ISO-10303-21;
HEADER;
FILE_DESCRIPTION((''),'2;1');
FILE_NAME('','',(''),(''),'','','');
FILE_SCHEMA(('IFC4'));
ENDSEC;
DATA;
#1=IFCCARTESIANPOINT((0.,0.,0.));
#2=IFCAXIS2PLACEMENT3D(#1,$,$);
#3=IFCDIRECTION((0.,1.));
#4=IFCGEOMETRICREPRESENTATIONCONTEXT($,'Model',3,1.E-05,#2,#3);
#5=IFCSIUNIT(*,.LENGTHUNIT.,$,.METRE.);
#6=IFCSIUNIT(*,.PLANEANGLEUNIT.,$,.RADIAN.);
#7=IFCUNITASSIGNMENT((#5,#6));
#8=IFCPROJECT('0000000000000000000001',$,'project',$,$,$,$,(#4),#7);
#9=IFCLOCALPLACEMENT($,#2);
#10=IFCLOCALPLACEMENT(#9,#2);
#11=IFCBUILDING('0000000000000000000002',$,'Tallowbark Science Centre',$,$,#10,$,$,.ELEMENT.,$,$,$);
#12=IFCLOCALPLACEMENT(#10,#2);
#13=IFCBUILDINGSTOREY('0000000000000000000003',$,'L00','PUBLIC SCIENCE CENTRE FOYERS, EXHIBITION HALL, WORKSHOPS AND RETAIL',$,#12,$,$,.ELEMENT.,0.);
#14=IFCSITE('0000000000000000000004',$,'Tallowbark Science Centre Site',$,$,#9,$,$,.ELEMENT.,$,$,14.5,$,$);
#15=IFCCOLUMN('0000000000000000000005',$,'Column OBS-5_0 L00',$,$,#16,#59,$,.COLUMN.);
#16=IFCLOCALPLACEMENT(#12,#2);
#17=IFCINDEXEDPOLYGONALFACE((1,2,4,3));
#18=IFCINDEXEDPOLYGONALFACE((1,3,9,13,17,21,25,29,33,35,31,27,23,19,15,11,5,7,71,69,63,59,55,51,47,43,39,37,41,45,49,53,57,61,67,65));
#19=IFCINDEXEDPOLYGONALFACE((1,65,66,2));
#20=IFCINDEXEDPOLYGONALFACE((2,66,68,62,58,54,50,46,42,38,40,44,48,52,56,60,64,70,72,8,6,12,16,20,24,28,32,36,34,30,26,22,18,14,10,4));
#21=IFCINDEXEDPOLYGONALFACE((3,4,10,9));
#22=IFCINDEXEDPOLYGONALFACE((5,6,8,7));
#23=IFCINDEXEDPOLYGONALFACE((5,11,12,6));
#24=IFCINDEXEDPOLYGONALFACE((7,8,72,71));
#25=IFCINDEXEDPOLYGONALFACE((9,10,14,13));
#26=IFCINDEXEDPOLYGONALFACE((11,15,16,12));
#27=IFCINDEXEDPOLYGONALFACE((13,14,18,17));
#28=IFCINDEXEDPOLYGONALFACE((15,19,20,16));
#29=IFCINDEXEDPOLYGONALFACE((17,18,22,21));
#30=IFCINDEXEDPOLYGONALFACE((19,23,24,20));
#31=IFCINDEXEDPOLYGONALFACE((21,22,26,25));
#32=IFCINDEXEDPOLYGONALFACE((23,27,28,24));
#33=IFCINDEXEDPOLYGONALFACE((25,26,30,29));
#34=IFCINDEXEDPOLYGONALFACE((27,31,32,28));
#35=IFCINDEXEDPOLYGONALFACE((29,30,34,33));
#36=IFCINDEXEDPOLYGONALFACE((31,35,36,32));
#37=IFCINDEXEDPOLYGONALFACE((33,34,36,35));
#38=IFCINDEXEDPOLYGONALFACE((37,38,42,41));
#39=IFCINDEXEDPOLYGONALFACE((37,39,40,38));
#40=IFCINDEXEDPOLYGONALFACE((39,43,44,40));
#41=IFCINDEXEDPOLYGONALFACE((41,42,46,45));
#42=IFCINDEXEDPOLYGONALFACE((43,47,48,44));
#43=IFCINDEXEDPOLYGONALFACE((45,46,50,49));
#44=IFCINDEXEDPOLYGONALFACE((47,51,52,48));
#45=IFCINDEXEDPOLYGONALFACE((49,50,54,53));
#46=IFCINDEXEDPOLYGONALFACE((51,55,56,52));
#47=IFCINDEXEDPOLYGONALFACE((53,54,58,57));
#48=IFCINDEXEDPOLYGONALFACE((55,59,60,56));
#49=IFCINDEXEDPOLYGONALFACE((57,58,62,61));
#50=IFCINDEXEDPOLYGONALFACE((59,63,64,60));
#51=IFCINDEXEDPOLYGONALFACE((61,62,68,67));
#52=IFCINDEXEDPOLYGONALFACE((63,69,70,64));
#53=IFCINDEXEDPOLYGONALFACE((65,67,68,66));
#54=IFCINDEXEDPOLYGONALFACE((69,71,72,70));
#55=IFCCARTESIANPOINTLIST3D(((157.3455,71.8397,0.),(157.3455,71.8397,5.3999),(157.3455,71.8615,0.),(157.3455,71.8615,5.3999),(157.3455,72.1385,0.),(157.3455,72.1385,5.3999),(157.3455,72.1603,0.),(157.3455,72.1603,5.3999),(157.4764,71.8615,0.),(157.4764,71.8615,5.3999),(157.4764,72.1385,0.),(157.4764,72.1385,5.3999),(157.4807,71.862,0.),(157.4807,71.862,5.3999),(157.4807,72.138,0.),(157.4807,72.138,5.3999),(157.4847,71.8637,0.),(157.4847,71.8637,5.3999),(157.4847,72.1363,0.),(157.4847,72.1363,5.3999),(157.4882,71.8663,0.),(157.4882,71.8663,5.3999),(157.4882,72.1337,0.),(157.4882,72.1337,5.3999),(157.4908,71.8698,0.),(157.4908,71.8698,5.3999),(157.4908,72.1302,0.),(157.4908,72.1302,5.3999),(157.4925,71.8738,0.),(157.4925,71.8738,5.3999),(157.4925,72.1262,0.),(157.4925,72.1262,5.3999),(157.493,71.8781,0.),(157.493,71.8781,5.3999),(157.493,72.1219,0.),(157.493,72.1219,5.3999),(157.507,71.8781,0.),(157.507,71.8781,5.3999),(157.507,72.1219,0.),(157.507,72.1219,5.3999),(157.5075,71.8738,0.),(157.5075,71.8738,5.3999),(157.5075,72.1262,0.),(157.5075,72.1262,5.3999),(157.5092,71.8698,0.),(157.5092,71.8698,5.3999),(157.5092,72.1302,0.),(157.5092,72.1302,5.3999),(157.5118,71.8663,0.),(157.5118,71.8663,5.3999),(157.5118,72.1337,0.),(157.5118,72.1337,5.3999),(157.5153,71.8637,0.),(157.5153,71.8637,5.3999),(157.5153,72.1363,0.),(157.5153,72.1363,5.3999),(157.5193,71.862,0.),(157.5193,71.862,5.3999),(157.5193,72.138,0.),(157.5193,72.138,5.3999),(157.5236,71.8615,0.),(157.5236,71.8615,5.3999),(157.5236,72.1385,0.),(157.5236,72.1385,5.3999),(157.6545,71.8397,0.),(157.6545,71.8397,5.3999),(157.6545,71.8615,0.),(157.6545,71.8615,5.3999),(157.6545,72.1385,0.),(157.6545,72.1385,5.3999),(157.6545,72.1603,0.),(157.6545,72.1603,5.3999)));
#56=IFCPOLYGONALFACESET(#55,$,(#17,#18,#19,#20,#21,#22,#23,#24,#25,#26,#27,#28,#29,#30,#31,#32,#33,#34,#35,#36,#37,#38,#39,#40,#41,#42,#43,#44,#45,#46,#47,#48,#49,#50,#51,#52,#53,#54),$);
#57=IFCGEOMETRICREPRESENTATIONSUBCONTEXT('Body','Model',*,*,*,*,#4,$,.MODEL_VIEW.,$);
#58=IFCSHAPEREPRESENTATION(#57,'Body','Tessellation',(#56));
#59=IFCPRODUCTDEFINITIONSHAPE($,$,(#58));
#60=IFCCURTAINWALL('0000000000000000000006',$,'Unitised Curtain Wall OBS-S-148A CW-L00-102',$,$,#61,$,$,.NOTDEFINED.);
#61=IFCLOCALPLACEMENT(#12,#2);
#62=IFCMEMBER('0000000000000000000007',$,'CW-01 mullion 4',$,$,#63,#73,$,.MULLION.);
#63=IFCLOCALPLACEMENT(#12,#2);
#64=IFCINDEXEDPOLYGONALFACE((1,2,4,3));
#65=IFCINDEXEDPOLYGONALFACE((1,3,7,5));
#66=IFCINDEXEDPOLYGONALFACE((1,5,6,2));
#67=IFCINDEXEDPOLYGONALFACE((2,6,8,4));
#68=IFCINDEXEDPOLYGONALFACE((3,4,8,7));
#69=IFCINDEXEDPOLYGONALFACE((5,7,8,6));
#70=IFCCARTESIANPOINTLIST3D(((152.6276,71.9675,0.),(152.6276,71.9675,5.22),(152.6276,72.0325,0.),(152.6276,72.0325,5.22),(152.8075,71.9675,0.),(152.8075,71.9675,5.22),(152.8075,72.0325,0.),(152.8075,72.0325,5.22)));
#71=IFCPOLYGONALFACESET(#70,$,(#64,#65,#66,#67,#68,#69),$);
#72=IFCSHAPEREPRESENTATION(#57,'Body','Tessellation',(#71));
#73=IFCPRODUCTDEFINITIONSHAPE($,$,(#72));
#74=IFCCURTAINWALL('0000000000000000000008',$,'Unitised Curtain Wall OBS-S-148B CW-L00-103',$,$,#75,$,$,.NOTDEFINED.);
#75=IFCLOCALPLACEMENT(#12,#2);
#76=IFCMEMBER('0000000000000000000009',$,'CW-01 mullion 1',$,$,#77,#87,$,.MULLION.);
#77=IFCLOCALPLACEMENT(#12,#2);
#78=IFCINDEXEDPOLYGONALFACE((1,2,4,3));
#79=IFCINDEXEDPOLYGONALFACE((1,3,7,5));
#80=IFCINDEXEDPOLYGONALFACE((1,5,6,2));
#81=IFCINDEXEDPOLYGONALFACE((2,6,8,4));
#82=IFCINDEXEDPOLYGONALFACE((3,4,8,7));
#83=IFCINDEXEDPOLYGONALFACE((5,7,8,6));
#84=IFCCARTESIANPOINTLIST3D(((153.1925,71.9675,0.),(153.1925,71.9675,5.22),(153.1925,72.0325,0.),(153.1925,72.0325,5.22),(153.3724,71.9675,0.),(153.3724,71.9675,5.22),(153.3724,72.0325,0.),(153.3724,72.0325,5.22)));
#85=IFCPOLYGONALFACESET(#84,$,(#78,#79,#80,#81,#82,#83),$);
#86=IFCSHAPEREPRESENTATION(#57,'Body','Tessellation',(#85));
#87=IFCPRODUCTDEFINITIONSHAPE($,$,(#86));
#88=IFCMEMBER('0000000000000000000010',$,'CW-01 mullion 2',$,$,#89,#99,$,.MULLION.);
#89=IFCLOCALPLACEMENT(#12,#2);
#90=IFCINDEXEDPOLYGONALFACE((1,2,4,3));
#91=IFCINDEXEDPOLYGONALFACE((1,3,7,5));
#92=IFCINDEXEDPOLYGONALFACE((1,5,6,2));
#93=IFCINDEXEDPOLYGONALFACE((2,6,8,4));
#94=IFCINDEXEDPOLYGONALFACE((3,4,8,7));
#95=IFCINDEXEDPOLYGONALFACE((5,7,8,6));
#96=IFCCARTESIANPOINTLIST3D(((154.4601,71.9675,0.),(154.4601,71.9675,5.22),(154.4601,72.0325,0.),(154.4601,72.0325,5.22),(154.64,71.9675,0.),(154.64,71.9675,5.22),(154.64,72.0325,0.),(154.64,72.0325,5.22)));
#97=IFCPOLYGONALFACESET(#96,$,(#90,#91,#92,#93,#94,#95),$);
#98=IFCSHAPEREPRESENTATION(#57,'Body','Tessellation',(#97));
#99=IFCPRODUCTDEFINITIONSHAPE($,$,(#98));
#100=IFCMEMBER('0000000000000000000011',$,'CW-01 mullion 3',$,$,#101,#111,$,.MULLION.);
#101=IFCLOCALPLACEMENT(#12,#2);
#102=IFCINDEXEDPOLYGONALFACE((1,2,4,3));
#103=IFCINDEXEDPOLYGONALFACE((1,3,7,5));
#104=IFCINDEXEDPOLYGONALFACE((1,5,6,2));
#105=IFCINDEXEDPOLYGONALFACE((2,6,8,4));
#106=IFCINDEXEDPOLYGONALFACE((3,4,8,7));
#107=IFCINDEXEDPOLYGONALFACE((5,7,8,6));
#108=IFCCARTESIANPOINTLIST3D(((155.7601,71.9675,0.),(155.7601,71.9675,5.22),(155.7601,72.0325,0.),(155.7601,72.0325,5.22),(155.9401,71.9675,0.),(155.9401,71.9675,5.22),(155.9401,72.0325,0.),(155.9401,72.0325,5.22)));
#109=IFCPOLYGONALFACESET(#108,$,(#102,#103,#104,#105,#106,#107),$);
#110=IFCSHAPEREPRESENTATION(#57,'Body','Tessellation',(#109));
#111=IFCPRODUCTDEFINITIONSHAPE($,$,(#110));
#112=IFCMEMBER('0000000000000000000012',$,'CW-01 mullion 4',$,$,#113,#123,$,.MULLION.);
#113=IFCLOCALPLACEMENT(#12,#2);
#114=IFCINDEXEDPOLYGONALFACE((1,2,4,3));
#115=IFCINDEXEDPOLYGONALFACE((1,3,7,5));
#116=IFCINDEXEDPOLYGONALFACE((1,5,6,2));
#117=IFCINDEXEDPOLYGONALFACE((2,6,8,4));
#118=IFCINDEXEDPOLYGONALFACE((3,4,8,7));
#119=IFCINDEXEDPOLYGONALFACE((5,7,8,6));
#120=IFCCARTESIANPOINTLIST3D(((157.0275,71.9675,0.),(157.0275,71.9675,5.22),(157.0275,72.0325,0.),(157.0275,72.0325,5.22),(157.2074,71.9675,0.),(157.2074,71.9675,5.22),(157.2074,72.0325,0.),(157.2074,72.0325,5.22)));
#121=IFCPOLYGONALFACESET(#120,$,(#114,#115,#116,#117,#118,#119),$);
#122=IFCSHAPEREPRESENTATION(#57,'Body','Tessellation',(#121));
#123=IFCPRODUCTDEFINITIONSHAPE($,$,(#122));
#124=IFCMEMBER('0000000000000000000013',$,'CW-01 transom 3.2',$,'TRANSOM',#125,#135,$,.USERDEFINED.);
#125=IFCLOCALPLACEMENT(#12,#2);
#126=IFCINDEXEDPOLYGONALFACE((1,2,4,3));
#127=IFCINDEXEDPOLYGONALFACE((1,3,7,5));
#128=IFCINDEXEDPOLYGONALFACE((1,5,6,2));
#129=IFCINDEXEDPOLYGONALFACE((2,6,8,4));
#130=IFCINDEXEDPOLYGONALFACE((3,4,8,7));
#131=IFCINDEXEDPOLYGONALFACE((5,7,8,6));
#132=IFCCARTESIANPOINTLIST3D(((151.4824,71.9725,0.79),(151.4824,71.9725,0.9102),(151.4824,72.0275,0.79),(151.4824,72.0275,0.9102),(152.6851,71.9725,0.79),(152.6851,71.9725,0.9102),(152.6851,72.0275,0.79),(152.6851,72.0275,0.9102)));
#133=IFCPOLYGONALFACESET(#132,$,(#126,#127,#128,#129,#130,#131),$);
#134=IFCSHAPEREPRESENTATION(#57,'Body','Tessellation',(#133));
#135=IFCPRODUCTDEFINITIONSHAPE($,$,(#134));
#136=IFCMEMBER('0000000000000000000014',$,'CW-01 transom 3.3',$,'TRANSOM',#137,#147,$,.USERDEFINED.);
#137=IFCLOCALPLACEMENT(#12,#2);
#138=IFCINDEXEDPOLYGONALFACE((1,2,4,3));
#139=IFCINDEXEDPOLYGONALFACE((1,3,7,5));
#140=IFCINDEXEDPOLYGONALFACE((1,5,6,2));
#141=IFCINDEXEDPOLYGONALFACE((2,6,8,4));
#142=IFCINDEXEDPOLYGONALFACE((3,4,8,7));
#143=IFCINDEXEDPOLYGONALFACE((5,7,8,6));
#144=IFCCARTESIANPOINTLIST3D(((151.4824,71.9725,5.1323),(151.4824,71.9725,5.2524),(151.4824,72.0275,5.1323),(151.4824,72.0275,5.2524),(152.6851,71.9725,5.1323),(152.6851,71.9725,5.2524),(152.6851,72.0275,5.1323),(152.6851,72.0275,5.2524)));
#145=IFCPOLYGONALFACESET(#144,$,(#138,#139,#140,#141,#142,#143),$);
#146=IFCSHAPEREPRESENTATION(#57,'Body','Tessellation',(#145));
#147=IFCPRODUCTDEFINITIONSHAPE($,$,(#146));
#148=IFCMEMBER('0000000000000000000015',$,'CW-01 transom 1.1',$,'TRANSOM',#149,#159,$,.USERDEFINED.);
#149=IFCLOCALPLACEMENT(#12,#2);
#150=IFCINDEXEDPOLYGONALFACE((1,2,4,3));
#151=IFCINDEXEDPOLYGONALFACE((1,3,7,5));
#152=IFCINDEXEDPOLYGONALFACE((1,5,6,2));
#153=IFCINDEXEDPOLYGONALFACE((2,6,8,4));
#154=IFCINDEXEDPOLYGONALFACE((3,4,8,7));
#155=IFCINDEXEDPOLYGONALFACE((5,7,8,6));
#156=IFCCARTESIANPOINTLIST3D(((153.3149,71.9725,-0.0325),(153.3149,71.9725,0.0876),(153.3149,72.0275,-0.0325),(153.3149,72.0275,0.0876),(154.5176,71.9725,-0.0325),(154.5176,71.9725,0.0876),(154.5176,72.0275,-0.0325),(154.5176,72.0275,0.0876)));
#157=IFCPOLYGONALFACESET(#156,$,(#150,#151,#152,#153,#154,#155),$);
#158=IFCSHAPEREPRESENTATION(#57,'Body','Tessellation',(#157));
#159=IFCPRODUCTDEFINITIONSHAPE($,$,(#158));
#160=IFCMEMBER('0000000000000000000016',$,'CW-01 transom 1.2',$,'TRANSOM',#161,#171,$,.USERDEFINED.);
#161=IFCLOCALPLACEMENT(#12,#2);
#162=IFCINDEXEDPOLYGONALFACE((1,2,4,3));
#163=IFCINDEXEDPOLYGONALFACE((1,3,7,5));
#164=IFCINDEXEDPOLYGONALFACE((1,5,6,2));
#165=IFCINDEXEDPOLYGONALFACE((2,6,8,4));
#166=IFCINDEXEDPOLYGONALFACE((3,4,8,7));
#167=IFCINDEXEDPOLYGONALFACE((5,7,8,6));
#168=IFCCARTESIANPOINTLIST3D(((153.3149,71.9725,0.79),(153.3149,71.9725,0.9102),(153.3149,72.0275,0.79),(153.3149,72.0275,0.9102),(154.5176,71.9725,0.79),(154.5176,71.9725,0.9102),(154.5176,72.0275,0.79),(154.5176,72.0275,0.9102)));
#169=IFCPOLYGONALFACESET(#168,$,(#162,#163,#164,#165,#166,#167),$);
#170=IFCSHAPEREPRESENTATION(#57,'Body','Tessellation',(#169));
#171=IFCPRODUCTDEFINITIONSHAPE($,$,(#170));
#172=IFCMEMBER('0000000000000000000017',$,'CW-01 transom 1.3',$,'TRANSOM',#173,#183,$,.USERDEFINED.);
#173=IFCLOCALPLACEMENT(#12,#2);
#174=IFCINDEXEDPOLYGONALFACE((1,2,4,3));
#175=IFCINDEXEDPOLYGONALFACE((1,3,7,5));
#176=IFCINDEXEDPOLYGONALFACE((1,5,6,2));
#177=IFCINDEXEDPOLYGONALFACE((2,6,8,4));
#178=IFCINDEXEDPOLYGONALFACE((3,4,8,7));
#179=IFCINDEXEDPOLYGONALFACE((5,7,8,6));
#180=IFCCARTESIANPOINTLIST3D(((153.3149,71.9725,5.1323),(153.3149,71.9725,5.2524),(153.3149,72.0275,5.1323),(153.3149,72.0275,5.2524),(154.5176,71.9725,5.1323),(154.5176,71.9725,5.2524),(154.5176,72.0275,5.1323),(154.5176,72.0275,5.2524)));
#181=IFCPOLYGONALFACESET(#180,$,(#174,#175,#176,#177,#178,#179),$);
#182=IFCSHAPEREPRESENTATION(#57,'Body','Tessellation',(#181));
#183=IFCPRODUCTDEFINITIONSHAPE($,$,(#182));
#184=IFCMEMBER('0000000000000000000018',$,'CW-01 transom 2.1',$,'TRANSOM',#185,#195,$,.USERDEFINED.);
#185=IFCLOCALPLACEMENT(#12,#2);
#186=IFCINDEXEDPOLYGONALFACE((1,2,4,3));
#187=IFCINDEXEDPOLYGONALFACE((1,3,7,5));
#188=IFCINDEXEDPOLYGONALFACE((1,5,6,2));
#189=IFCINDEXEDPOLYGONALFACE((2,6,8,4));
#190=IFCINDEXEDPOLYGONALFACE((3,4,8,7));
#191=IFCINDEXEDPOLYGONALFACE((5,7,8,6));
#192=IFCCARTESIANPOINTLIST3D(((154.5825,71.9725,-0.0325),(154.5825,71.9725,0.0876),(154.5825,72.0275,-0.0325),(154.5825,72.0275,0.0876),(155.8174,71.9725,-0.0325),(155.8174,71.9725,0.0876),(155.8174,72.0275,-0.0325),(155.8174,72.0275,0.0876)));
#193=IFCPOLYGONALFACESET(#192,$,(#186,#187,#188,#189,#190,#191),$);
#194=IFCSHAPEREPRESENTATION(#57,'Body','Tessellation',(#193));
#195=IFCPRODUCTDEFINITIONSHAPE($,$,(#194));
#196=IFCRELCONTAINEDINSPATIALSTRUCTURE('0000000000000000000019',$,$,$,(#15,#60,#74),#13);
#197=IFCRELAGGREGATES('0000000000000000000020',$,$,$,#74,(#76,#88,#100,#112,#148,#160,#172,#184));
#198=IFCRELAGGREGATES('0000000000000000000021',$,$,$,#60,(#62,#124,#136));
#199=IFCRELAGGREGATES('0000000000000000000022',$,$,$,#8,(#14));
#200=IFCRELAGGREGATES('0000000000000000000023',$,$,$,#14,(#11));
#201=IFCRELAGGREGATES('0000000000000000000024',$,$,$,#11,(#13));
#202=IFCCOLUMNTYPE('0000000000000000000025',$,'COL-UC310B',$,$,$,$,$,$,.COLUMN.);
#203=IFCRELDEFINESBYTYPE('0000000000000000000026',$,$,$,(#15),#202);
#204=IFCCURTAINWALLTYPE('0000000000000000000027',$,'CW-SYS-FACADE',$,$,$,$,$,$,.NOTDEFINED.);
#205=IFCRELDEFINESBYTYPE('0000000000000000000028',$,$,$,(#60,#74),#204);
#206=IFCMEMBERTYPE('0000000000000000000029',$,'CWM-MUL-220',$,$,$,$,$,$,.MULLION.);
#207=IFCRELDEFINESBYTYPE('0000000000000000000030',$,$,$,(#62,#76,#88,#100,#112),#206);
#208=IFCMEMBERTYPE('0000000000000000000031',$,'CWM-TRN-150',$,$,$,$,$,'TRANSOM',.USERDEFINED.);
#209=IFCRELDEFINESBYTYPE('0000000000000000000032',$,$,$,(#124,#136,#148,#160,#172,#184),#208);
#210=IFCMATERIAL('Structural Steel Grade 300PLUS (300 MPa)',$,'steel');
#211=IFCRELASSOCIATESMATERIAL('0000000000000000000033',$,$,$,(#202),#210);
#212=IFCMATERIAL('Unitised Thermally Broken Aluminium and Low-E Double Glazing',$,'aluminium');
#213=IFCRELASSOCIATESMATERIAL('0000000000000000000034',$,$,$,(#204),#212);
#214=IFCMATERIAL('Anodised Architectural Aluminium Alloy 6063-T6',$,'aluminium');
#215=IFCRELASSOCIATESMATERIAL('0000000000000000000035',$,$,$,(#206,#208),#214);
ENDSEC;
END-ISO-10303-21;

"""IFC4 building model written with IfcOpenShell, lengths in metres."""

from ifc_helpers import new_model, si_unit, direction, frame, origin, origin_2d, place, context, subcontext, project, spatial, rectangle, i_section, extrude, material, material_profile, profile_set, type_object, element, aggregate, save


model = new_model("IFC4")

# Units and contexts
model_context = context("Model", 3, precision=1e-05, world=origin(), true_north=direction((0.0, 1.0)))
body_context = subcontext(model_context, "Body", "Model", "MODEL_VIEW")
ifc_project = project(units=[si_unit("LENGTHUNIT", "METRE"), si_unit("PLANEANGLEUNIT", "RADIAN")], contexts=[model_context])

# Site, building, storey
site_placement = place(None, origin())
site = spatial("IfcSite", under=ifc_project, at=site_placement, Name="Tallowbark Science Centre Site", CompositionType="ELEMENT", RefElevation=14.5)
building_placement = place(site_placement, origin())
building = spatial("IfcBuilding", under=site, at=building_placement, Name="Tallowbark Science Centre", CompositionType="ELEMENT")
storey_placement = place(building_placement, origin())
storey = spatial("IfcBuildingStorey", under=building, at=storey_placement, Name="L00", Description="PUBLIC SCIENCE CENTRE FOYERS, EXHIBITION HALL, WORKSHOPS AND RETAIL", CompositionType="ELEMENT", Elevation=0.0)

# Column
ifc_material_1 = material(Name="Structural Steel Grade 300PLUS (300 MPa)", Category="steel")
ifc_material_profile_1 = material_profile(ifc_material_1, i_section(OverallWidth=0.3091, OverallDepth=0.3206, WebThickness=0.0139, FlangeThickness=0.0217, FilletRadius=0.0166, at=origin_2d()), Name="310UC137")
ifc_profile_set_1 = profile_set([ifc_material_profile_1], Name="Structural Steel Grade 300PLUS (300 MPa)")
column_type = type_object("IfcColumnType", Name="COL-UC310B", PredefinedType="COLUMN", material=ifc_profile_set_1)
column_placement = place(storey_placement, frame((157.5, 72.0, 0.0), z_axis=(0.0, 0.0, 1.0), x_axis=(1.0, 0.0, 0.0)))
element("IfcColumn", 1, at=column_placement, inside=storey, type_object=column_type, Name="Column OBS-5_0 L00", PredefinedType="COLUMN", context=body_context, shape_type="SweptSolid", body=[
    extrude(i_section(OverallWidth=0.3091, OverallDepth=0.3206, WebThickness=0.0139, FlangeThickness=0.0217, FilletRadius=0.0166, at=origin_2d()), origin(), (0.0, 0.0, 1.0), 5.3999),
])

# Curtain wall, member
ifc_material_2 = material(Name="Unitised Thermally Broken Aluminium and Low-E Double Glazing", Category="aluminium")
curtain_wall_type = type_object("IfcCurtainWallType", Name="CW-SYS-FACADE", PredefinedType="NOTDEFINED", material=ifc_material_2)
curtain_wall_1_placement = place(storey_placement, origin())
curtain_wall_1 = element("IfcCurtainWall", 2, at=curtain_wall_1_placement, inside=storey, type_object=curtain_wall_type, Name="Unitised Curtain Wall OBS-S-148A CW-L00-102", PredefinedType="NOTDEFINED")
ifc_material_3 = material(Name="Anodised Architectural Aluminium Alloy 6063-T6", Category="aluminium")
ifc_material_profile_2 = material_profile(ifc_material_3, rectangle(XDim=0.0649, YDim=0.1799, at=origin_2d()), Name="ALU65x180")
ifc_profile_set_2 = profile_set([ifc_material_profile_2], Name="Anodised Architectural Aluminium Alloy 6063-T6")
member_type_1 = type_object("IfcMemberType", Name="CWM-MUL-220", PredefinedType="MULLION", material=ifc_profile_set_2)
member_1_placement = place(storey_placement, frame((152.7175, 72.0, 0.0), z_axis=(0.0, 0.0, 1.0), x_axis=(0.0, 1.0, 0.0)))
member_1 = element("IfcMember", 3, at=member_1_placement, type_object=member_type_1, Name="CW-01 mullion 4", PredefinedType="MULLION", context=body_context, shape_type="SweptSolid", body=[
    extrude(rectangle(XDim=0.0649, YDim=0.1799, at=origin_2d()), origin(), (0.0, 0.0, 1.0), 5.22),
])

# Curtain wall, members
curtain_wall_2_placement = place(storey_placement, origin())
curtain_wall_2 = element("IfcCurtainWall", 4, at=curtain_wall_2_placement, inside=storey, type_object=curtain_wall_type, Name="Unitised Curtain Wall OBS-S-148B CW-L00-103", PredefinedType="NOTDEFINED")
member_2_placement = place(storey_placement, frame((153.2825, 72.0, 0.0), z_axis=(0.0, 0.0, 1.0), x_axis=(0.0, 1.0, 0.0)))
member_2 = element("IfcMember", 5, at=member_2_placement, type_object=member_type_1, Name="CW-01 mullion 1", PredefinedType="MULLION", context=body_context, shape_type="SweptSolid", body=[
    extrude(rectangle(XDim=0.0649, YDim=0.1799, at=origin_2d()), origin(), (0.0, 0.0, 1.0), 5.22),
])
member_3_placement = place(storey_placement, frame((154.55, 72.0, 0.0), z_axis=(0.0, 0.0, 1.0), x_axis=(0.0, 1.0, 0.0)))
member_3 = element("IfcMember", 6, at=member_3_placement, type_object=member_type_1, Name="CW-01 mullion 2", PredefinedType="MULLION", context=body_context, shape_type="SweptSolid", body=[
    extrude(rectangle(XDim=0.0649, YDim=0.1799, at=origin_2d()), origin(), (0.0, 0.0, 1.0), 5.22),
])
member_4_placement = place(storey_placement, frame((155.8501, 72.0, 0.0), z_axis=(0.0, 0.0, 1.0), x_axis=(0.0, 1.0, 0.0)))
member_4 = element("IfcMember", 7, at=member_4_placement, type_object=member_type_1, Name="CW-01 mullion 3", PredefinedType="MULLION", context=body_context, shape_type="SweptSolid", body=[
    extrude(rectangle(XDim=0.0649, YDim=0.1799, at=origin_2d()), origin(), (0.0, 0.0, 1.0), 5.22),
])
member_5_placement = place(storey_placement, frame((157.1174, 72.0, 0.0), z_axis=(0.0, 0.0, 1.0), x_axis=(0.0, 1.0, 0.0)))
member_5 = element("IfcMember", 8, at=member_5_placement, type_object=member_type_1, Name="CW-01 mullion 4", PredefinedType="MULLION", context=body_context, shape_type="SweptSolid", body=[
    extrude(rectangle(XDim=0.0649, YDim=0.1799, at=origin_2d()), origin(), (0.0, 0.0, 1.0), 5.22),
])

# Members
ifc_material_profile_3 = material_profile(ifc_material_3, rectangle(XDim=0.0549, YDim=0.1201, at=origin_2d()), Name="ALU55x120")
ifc_profile_set_3 = profile_set([ifc_material_profile_3], Name="Anodised Architectural Aluminium Alloy 6063-T6")
member_type_2 = type_object("IfcMemberType", Name="CWM-TRN-150", ElementType="TRANSOM", PredefinedType="USERDEFINED", material=ifc_profile_set_3)
member_6_placement = place(storey_placement, frame((151.4824, 72.0, 0.8501), z_axis=(1.0, 0.0, 0.0), x_axis=(0.0, 1.0, 0.0)))
member_6 = element("IfcMember", 9, at=member_6_placement, type_object=member_type_2, Name="CW-01 transom 3.2", ObjectType="TRANSOM", PredefinedType="USERDEFINED", context=body_context, shape_type="SweptSolid", body=[
    extrude(rectangle(XDim=0.0549, YDim=0.1201, at=origin_2d()), origin(), (0.0, 0.0, 1.0), 1.2026),
])
member_7_placement = place(storey_placement, frame((151.4824, 72.0, 5.1924), z_axis=(1.0, 0.0, 0.0), x_axis=(0.0, 1.0, 0.0)))
member_7 = element("IfcMember", 10, at=member_7_placement, type_object=member_type_2, Name="CW-01 transom 3.3", ObjectType="TRANSOM", PredefinedType="USERDEFINED", context=body_context, shape_type="SweptSolid", body=[
    extrude(rectangle(XDim=0.0549, YDim=0.1201, at=origin_2d()), origin(), (0.0, 0.0, 1.0), 1.2026),
])
member_8_placement = place(storey_placement, frame((153.3149, 72.0, 0.0276), z_axis=(1.0, 0.0, 0.0), x_axis=(0.0, 1.0, 0.0)))
member_8 = element("IfcMember", 11, at=member_8_placement, type_object=member_type_2, Name="CW-01 transom 1.1", ObjectType="TRANSOM", PredefinedType="USERDEFINED", context=body_context, shape_type="SweptSolid", body=[
    extrude(rectangle(XDim=0.0549, YDim=0.1201, at=origin_2d()), origin(), (0.0, 0.0, 1.0), 1.2026),
])
member_9_placement = place(storey_placement, frame((153.3149, 72.0, 0.8501), z_axis=(1.0, 0.0, 0.0), x_axis=(0.0, 1.0, 0.0)))
member_9 = element("IfcMember", 12, at=member_9_placement, type_object=member_type_2, Name="CW-01 transom 1.2", ObjectType="TRANSOM", PredefinedType="USERDEFINED", context=body_context, shape_type="SweptSolid", body=[
    extrude(rectangle(XDim=0.0549, YDim=0.1201, at=origin_2d()), origin(), (0.0, 0.0, 1.0), 1.2026),
])
member_10_placement = place(storey_placement, frame((153.3149, 72.0, 5.1924), z_axis=(1.0, 0.0, 0.0), x_axis=(0.0, 1.0, 0.0)))
member_10 = element("IfcMember", 13, at=member_10_placement, type_object=member_type_2, Name="CW-01 transom 1.3", ObjectType="TRANSOM", PredefinedType="USERDEFINED", context=body_context, shape_type="SweptSolid", body=[
    extrude(rectangle(XDim=0.0549, YDim=0.1201, at=origin_2d()), origin(), (0.0, 0.0, 1.0), 1.2026),
])
member_11_placement = place(storey_placement, frame((154.5825, 72.0, 0.0276), z_axis=(1.0, 0.0, 0.0), x_axis=(0.0, 1.0, 0.0)))
member_11 = element("IfcMember", 14, at=member_11_placement, type_object=member_type_2, Name="CW-01 transom 2.1", ObjectType="TRANSOM", PredefinedType="USERDEFINED", context=body_context, shape_type="SweptSolid", body=[
    extrude(rectangle(XDim=0.0549, YDim=0.1201, at=origin_2d()), origin(), (0.0, 0.0, 1.0), 1.2349),
])

aggregate(curtain_wall_2, [member_2, member_3, member_4, member_5, member_8, member_9, member_10, member_11])
aggregate(curtain_wall_1, [member_1, member_6, member_7])

save(model, "model.ifc")
